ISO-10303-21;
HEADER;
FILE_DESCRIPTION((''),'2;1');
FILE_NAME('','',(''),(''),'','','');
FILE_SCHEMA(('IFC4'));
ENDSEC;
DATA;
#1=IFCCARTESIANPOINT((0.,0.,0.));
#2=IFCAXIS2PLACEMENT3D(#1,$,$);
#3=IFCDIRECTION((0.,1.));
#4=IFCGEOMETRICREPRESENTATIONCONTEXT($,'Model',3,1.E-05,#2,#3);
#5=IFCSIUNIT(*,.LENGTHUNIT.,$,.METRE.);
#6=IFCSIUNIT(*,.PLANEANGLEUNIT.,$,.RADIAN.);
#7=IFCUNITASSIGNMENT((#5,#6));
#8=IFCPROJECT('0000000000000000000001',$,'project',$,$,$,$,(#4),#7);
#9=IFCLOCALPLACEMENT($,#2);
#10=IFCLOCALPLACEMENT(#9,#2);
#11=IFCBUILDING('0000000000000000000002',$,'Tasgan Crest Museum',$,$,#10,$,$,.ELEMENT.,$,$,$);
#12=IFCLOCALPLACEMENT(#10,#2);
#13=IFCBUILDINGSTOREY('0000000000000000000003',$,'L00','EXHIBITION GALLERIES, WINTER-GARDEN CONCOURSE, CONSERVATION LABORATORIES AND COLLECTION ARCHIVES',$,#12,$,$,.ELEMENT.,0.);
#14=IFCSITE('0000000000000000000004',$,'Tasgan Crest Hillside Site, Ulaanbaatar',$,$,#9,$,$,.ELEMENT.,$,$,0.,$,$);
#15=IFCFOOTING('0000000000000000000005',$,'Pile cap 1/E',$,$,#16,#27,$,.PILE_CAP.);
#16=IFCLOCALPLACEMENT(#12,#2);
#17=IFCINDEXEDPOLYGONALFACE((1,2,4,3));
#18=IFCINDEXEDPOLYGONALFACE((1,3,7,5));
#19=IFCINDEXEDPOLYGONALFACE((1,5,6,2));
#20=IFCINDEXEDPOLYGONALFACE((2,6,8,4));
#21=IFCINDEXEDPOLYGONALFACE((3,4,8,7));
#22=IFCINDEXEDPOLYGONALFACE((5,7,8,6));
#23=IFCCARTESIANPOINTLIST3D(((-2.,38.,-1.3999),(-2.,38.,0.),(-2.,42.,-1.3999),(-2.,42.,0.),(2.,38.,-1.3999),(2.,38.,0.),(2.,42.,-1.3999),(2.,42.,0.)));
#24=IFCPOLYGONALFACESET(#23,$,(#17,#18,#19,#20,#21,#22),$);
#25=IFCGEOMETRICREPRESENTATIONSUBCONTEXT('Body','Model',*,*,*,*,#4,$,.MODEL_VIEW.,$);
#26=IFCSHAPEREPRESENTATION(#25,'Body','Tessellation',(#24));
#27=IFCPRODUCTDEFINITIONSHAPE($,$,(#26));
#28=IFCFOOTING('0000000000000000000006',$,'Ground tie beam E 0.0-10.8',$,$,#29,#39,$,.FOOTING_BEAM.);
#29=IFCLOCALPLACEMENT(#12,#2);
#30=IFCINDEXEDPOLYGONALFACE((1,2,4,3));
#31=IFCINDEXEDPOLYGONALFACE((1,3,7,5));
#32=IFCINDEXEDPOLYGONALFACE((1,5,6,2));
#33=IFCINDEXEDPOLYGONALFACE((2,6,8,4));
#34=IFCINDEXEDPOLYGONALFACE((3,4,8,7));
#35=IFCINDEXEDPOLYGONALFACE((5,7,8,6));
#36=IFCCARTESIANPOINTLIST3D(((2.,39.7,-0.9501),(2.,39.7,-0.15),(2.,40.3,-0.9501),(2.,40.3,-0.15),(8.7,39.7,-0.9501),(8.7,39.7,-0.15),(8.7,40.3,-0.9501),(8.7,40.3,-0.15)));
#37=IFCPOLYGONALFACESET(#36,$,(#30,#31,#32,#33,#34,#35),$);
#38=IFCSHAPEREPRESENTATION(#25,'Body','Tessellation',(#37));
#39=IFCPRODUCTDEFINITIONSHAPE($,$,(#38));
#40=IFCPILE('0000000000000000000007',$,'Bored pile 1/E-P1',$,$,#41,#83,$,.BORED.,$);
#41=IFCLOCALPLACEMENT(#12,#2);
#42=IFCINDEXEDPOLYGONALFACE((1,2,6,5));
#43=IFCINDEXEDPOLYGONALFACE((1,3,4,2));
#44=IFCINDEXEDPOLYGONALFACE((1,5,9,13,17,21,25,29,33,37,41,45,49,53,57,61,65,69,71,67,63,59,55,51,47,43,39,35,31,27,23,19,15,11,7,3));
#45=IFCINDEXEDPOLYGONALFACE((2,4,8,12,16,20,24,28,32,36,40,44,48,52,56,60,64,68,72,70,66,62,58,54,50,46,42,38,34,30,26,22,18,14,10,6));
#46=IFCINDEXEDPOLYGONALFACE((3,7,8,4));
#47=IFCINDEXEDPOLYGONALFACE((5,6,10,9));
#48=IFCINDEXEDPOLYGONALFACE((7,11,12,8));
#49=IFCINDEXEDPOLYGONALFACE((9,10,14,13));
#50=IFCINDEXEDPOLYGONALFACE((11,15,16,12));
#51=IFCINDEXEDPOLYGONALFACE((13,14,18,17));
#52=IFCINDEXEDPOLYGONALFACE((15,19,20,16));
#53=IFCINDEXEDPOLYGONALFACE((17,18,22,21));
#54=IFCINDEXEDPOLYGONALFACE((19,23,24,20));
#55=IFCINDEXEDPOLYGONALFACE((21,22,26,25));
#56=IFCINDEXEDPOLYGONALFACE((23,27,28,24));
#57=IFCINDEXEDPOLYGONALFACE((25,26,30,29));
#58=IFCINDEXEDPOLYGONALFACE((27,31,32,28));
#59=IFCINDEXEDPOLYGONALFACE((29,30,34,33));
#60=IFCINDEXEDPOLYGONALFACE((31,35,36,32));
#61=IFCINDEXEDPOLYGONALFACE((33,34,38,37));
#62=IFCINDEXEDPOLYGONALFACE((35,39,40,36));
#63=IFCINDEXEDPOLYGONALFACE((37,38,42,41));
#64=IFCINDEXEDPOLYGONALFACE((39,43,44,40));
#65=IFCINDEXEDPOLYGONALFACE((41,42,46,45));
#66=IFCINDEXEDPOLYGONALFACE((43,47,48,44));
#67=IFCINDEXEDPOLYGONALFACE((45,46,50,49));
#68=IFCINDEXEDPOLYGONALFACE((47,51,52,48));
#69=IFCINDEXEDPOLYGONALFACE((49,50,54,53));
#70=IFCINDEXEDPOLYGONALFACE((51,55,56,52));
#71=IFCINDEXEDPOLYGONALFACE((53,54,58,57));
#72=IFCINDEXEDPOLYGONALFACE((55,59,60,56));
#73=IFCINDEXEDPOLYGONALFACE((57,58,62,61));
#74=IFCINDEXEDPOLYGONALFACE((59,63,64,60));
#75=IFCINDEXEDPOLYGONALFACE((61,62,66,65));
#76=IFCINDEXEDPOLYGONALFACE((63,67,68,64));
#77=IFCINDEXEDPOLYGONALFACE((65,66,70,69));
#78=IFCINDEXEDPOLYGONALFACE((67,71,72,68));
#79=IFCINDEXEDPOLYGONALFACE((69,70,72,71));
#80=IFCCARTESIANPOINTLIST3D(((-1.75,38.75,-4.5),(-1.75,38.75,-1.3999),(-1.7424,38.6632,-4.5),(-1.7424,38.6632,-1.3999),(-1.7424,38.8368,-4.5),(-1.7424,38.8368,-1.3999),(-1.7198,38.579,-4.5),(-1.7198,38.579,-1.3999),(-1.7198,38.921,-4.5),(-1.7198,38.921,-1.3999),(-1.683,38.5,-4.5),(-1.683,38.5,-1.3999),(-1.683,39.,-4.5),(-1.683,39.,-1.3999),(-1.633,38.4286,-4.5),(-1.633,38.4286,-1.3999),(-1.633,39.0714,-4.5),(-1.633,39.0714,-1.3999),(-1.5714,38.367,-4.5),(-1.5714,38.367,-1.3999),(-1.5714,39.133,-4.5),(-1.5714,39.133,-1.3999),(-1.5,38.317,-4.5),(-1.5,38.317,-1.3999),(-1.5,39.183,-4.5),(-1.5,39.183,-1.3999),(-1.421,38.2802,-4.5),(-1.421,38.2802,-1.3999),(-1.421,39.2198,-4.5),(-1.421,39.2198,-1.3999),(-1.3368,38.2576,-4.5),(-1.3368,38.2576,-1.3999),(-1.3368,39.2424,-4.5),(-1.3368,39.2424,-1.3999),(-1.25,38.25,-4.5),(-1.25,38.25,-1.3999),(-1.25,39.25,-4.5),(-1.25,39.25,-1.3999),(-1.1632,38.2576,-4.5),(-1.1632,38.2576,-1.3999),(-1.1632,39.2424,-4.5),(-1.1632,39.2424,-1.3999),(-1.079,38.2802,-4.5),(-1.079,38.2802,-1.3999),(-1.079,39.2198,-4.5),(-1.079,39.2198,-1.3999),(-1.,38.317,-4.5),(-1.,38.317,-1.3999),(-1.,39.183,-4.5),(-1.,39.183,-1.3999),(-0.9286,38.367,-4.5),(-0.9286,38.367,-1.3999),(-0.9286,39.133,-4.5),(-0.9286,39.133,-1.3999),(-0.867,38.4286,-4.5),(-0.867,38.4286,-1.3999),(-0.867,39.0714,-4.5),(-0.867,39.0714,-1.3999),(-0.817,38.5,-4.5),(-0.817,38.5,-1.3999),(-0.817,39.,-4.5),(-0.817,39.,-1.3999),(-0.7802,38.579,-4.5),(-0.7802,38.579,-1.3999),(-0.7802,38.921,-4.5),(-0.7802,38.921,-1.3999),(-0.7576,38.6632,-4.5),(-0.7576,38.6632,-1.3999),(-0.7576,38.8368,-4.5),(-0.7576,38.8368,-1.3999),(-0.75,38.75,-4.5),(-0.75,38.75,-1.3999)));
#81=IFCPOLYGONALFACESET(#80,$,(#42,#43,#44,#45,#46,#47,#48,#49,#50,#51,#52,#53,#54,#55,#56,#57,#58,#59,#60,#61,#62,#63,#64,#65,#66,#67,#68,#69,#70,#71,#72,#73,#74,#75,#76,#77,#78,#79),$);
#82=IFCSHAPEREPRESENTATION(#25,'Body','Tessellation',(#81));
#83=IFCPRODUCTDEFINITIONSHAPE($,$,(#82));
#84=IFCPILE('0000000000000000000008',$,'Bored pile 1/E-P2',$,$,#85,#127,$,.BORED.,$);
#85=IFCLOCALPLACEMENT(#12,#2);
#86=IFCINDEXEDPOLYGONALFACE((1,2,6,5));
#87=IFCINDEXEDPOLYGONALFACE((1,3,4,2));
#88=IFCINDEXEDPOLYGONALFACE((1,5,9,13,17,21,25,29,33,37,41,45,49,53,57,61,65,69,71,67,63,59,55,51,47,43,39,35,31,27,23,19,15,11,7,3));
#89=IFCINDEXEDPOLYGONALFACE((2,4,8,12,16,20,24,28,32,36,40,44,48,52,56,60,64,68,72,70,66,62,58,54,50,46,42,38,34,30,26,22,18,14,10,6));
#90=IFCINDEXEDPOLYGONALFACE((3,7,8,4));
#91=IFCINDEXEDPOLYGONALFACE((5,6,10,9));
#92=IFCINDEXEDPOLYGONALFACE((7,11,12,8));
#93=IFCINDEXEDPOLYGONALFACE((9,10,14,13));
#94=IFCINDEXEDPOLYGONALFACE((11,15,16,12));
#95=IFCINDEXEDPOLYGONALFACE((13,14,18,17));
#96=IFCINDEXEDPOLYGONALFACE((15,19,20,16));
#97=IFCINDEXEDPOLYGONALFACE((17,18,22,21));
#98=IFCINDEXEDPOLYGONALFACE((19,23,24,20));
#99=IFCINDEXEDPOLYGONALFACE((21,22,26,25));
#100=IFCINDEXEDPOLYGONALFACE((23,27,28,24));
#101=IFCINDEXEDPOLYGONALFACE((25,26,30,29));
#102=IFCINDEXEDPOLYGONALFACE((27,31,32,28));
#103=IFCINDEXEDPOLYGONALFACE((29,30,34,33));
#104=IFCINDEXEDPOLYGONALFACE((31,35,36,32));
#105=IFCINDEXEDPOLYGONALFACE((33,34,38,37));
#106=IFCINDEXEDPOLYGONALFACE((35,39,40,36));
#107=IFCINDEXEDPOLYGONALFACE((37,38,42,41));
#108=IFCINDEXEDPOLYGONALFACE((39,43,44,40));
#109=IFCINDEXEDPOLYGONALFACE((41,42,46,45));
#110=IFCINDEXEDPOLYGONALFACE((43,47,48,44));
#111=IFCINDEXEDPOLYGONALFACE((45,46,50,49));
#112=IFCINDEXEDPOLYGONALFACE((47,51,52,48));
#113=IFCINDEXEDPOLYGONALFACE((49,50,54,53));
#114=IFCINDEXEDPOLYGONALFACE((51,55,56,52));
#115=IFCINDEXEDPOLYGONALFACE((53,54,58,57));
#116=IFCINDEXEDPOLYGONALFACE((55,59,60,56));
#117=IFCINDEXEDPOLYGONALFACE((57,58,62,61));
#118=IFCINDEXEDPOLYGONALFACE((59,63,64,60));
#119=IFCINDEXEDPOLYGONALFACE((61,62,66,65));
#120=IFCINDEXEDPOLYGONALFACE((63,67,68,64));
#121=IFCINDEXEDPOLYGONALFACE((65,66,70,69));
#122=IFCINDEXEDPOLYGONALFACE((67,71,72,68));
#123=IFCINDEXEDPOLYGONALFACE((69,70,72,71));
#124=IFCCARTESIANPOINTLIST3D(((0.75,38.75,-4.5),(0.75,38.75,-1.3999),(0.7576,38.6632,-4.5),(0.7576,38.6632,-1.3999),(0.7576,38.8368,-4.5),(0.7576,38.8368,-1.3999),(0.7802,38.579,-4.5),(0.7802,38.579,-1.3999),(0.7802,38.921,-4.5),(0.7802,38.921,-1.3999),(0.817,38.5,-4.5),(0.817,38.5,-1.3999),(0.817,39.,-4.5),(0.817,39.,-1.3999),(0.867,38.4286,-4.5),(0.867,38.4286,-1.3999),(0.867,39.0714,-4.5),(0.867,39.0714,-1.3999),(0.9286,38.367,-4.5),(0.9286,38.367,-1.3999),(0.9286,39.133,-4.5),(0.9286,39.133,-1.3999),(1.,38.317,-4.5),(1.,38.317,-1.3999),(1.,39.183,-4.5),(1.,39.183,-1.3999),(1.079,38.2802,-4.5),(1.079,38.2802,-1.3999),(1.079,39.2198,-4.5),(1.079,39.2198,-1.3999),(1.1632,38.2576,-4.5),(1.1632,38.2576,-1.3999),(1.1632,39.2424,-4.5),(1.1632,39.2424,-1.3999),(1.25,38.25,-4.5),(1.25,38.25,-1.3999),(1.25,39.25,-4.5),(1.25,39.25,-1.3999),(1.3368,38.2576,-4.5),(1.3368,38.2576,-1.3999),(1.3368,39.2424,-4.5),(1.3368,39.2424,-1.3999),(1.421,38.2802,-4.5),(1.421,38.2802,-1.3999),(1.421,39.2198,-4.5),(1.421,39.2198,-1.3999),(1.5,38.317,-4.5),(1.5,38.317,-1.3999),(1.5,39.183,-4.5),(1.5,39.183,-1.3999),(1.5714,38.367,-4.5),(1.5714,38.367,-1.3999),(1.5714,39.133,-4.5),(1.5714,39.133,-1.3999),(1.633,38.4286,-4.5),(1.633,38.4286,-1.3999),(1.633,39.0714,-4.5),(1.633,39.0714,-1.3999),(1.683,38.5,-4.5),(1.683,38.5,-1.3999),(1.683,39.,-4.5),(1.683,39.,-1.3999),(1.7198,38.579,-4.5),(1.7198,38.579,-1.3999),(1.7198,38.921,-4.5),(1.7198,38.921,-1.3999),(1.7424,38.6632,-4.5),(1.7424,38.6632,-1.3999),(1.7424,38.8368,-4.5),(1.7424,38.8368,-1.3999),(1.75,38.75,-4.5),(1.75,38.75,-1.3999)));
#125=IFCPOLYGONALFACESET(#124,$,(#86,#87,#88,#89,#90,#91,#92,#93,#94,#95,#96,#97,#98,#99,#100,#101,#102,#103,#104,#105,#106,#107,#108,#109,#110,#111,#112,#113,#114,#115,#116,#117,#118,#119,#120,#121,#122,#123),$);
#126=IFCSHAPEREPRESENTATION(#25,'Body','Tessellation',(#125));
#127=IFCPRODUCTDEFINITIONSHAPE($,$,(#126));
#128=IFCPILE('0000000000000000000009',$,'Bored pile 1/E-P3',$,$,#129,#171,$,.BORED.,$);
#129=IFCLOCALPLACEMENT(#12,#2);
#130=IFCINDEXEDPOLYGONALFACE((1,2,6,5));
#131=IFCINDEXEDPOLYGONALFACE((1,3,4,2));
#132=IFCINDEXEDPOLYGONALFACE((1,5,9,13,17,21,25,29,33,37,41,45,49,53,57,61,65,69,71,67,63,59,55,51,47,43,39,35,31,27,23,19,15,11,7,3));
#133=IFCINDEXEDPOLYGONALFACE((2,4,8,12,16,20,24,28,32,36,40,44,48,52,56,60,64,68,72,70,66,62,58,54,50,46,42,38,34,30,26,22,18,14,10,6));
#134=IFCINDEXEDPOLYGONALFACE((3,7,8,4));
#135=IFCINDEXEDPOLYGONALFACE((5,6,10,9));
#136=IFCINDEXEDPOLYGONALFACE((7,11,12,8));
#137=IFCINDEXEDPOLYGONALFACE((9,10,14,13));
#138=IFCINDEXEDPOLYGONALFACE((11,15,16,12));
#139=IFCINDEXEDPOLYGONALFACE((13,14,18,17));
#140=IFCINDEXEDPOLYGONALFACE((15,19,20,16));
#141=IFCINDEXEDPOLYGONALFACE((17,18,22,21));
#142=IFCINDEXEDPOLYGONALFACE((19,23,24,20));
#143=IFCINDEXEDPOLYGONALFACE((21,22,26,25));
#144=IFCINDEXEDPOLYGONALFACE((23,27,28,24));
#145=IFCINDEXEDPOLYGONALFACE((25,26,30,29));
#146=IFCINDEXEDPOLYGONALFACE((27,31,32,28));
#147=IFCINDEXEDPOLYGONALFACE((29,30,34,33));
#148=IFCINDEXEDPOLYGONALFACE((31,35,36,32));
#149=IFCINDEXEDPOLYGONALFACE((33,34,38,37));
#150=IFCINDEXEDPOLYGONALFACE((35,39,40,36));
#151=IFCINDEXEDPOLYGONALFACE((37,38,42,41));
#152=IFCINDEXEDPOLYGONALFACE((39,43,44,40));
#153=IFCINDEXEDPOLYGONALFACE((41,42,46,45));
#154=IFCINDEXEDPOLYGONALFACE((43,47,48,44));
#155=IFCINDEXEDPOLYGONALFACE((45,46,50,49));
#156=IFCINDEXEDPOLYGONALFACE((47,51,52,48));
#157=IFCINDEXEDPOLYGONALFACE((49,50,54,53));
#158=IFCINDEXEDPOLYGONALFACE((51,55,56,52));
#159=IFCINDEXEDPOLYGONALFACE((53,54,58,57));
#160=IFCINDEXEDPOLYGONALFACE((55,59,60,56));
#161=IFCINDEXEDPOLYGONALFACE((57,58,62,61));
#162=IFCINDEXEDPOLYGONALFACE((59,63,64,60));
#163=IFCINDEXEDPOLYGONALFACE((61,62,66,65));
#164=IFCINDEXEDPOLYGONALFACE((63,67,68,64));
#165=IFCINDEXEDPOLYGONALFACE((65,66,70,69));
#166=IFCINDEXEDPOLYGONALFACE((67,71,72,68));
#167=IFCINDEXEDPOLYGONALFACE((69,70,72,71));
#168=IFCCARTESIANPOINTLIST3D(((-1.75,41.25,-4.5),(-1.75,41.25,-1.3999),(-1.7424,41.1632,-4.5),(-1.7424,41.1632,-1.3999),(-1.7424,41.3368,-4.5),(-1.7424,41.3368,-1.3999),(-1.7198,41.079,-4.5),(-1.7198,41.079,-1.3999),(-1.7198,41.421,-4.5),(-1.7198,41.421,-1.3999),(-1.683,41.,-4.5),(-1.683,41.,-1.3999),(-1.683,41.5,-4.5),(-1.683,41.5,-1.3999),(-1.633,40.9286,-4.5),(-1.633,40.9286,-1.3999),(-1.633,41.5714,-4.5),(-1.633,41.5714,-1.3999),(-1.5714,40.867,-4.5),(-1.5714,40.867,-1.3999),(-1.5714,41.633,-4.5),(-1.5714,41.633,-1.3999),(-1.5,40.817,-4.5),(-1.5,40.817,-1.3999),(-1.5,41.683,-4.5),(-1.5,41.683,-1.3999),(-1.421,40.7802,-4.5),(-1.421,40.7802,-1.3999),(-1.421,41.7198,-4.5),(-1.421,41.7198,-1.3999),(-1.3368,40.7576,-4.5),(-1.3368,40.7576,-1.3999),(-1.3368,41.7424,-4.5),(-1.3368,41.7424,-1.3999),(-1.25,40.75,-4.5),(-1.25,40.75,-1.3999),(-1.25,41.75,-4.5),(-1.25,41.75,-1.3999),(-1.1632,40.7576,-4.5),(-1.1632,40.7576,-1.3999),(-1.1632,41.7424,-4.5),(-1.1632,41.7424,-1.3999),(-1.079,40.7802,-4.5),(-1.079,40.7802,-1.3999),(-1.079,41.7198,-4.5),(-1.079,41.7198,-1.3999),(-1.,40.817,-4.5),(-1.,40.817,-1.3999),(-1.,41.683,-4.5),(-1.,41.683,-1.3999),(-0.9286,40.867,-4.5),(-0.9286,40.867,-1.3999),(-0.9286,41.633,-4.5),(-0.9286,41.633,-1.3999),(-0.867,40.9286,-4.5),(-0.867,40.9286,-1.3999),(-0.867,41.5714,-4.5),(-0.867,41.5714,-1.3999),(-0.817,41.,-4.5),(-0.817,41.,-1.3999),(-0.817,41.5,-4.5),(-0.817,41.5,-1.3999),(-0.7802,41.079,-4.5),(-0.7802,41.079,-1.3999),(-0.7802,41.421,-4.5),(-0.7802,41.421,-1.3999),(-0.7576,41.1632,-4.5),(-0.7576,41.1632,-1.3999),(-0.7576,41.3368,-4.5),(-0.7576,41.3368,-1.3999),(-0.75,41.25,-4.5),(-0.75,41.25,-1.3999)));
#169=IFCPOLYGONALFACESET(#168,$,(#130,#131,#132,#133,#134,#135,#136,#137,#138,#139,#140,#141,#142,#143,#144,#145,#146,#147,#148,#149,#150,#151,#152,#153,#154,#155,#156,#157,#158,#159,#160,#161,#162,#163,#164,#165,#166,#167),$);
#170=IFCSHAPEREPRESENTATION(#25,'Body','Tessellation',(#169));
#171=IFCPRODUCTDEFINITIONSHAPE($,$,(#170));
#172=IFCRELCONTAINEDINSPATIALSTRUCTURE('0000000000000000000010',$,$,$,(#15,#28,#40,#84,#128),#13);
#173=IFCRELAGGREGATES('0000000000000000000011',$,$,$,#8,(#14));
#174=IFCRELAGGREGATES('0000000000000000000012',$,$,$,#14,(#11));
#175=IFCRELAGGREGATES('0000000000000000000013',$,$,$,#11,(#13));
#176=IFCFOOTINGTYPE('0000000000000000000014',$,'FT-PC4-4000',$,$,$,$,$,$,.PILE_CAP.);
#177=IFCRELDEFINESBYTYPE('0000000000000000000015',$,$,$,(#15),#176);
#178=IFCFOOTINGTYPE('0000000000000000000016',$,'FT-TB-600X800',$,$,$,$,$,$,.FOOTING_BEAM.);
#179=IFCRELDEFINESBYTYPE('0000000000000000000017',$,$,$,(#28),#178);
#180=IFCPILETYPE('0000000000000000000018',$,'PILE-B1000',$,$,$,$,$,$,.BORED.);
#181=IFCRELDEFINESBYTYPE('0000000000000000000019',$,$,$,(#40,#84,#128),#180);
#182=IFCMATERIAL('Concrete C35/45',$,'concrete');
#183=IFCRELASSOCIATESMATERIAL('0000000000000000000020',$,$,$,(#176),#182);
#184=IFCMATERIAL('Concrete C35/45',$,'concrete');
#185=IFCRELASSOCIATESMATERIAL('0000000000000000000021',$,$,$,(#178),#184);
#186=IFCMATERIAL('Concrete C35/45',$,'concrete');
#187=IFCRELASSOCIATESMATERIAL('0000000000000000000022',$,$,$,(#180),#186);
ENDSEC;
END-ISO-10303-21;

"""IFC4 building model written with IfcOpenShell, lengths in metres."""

from ifc_helpers import new_model, si_unit, direction, frame, origin, origin_2d, place, context, subcontext, project, spatial, rectangle, circle, extrude, material, material_profile, profile_set, type_object, element, save


model = new_model("IFC4")

# Units and contexts
model_context = context("Model", 3, precision=1e-05, world=origin(), true_north=direction((0.0, 1.0)))
body_context = subcontext(model_context, "Body", "Model", "MODEL_VIEW")
ifc_project = project(units=[si_unit("LENGTHUNIT", "METRE"), si_unit("PLANEANGLEUNIT", "RADIAN")], contexts=[model_context])

# Site, building, storey
site_placement = place(None, origin())
site = spatial("IfcSite", under=ifc_project, at=site_placement, Name="Tasgan Crest Hillside Site, Ulaanbaatar", CompositionType="ELEMENT", RefElevation=0.0)
building_placement = place(site_placement, origin())
building = spatial("IfcBuilding", under=site, at=building_placement, Name="Tasgan Crest Museum", CompositionType="ELEMENT")
storey_placement = place(building_placement, origin())
storey = spatial("IfcBuildingStorey", under=building, at=storey_placement, Name="L00", Description="EXHIBITION GALLERIES, WINTER-GARDEN CONCOURSE, CONSERVATION LABORATORIES AND COLLECTION ARCHIVES", CompositionType="ELEMENT", Elevation=0.0)

# Footings
ifc_material_1 = material(Name="Concrete C35/45", Category="concrete")
footing_type_1 = type_object("IfcFootingType", Name="FT-PC4-4000", PredefinedType="PILE_CAP", material=ifc_material_1)
footing_1_placement = place(storey_placement, frame((0.0, 40.0, -1.3999), z_axis=(0.0, 0.0, 1.0), x_axis=(1.0, 0.0, 0.0)))
element("IfcFooting", 1, at=footing_1_placement, inside=storey, type_object=footing_type_1, Name="Pile cap 1/E", PredefinedType="PILE_CAP", context=body_context, shape_type="SweptSolid", body=[
    extrude(rectangle(XDim=4.0, YDim=4.0, at=origin_2d()), origin(), (0.0, 0.0, 1.0), 1.3999),
])
ifc_material_2 = material(Name="Concrete C35/45", Category="concrete")
ifc_material_profile_1 = material_profile(ifc_material_2, rectangle(XDim=0.6001, YDim=0.8, at=origin_2d()), Name="TB 600x800")
ifc_profile_set_1 = profile_set([ifc_material_profile_1], Name="Concrete C35/45")
footing_type_2 = type_object("IfcFootingType", Name="FT-TB-600X800", PredefinedType="FOOTING_BEAM", material=ifc_profile_set_1)
footing_2_placement = place(storey_placement, frame((2.0, 40.0, -0.55), z_axis=(1.0, 0.0, 0.0), x_axis=(0.0, 1.0, 0.0)))
element("IfcFooting", 2, at=footing_2_placement, inside=storey, type_object=footing_type_2, Name="Ground tie beam E 0.0-10.8", PredefinedType="FOOTING_BEAM", context=body_context, shape_type="SweptSolid", body=[
    extrude(rectangle(XDim=0.6001, YDim=0.8, at=origin_2d()), origin(), (0.0, 0.0, 1.0), 6.7),
])

# Piles
ifc_material_3 = material(Name="Concrete C35/45", Category="concrete")
ifc_material_profile_2 = material_profile(ifc_material_3, circle(Radius=0.5, at=origin_2d()), Name="PILE D1000")
ifc_profile_set_2 = profile_set([ifc_material_profile_2], Name="Concrete C35/45")
pile_type = type_object("IfcPileType", Name="PILE-B1000", PredefinedType="BORED", material=ifc_profile_set_2)
for number, where, z_axis, x_axis, name in (
    (3, (-1.25, 38.75, -1.3999), (0.0, 0.0, -1.0), (1.0, 0.0, 0.0), "Bored pile 1/E-P1"),
    (4, (1.25, 38.75, -1.3999), (0.0, 0.0, -1.0), (1.0, 0.0, 0.0), "Bored pile 1/E-P2"),
    (5, (-1.25, 41.25, -1.3999), (0.0, 0.0, -1.0), (1.0, 0.0, 0.0), "Bored pile 1/E-P3"),
):
    element("IfcPile", number, at=place(storey_placement, frame(where, z_axis=z_axis, x_axis=x_axis)), inside=storey, type_object=pile_type, Name=name, PredefinedType="BORED", context=body_context, shape_type="SweptSolid", body=[
        extrude(circle(Radius=0.5, at=origin_2d()), origin(), (0.0, 0.0, 1.0), 3.1001),
    ])

save(model, "model.ifc")
